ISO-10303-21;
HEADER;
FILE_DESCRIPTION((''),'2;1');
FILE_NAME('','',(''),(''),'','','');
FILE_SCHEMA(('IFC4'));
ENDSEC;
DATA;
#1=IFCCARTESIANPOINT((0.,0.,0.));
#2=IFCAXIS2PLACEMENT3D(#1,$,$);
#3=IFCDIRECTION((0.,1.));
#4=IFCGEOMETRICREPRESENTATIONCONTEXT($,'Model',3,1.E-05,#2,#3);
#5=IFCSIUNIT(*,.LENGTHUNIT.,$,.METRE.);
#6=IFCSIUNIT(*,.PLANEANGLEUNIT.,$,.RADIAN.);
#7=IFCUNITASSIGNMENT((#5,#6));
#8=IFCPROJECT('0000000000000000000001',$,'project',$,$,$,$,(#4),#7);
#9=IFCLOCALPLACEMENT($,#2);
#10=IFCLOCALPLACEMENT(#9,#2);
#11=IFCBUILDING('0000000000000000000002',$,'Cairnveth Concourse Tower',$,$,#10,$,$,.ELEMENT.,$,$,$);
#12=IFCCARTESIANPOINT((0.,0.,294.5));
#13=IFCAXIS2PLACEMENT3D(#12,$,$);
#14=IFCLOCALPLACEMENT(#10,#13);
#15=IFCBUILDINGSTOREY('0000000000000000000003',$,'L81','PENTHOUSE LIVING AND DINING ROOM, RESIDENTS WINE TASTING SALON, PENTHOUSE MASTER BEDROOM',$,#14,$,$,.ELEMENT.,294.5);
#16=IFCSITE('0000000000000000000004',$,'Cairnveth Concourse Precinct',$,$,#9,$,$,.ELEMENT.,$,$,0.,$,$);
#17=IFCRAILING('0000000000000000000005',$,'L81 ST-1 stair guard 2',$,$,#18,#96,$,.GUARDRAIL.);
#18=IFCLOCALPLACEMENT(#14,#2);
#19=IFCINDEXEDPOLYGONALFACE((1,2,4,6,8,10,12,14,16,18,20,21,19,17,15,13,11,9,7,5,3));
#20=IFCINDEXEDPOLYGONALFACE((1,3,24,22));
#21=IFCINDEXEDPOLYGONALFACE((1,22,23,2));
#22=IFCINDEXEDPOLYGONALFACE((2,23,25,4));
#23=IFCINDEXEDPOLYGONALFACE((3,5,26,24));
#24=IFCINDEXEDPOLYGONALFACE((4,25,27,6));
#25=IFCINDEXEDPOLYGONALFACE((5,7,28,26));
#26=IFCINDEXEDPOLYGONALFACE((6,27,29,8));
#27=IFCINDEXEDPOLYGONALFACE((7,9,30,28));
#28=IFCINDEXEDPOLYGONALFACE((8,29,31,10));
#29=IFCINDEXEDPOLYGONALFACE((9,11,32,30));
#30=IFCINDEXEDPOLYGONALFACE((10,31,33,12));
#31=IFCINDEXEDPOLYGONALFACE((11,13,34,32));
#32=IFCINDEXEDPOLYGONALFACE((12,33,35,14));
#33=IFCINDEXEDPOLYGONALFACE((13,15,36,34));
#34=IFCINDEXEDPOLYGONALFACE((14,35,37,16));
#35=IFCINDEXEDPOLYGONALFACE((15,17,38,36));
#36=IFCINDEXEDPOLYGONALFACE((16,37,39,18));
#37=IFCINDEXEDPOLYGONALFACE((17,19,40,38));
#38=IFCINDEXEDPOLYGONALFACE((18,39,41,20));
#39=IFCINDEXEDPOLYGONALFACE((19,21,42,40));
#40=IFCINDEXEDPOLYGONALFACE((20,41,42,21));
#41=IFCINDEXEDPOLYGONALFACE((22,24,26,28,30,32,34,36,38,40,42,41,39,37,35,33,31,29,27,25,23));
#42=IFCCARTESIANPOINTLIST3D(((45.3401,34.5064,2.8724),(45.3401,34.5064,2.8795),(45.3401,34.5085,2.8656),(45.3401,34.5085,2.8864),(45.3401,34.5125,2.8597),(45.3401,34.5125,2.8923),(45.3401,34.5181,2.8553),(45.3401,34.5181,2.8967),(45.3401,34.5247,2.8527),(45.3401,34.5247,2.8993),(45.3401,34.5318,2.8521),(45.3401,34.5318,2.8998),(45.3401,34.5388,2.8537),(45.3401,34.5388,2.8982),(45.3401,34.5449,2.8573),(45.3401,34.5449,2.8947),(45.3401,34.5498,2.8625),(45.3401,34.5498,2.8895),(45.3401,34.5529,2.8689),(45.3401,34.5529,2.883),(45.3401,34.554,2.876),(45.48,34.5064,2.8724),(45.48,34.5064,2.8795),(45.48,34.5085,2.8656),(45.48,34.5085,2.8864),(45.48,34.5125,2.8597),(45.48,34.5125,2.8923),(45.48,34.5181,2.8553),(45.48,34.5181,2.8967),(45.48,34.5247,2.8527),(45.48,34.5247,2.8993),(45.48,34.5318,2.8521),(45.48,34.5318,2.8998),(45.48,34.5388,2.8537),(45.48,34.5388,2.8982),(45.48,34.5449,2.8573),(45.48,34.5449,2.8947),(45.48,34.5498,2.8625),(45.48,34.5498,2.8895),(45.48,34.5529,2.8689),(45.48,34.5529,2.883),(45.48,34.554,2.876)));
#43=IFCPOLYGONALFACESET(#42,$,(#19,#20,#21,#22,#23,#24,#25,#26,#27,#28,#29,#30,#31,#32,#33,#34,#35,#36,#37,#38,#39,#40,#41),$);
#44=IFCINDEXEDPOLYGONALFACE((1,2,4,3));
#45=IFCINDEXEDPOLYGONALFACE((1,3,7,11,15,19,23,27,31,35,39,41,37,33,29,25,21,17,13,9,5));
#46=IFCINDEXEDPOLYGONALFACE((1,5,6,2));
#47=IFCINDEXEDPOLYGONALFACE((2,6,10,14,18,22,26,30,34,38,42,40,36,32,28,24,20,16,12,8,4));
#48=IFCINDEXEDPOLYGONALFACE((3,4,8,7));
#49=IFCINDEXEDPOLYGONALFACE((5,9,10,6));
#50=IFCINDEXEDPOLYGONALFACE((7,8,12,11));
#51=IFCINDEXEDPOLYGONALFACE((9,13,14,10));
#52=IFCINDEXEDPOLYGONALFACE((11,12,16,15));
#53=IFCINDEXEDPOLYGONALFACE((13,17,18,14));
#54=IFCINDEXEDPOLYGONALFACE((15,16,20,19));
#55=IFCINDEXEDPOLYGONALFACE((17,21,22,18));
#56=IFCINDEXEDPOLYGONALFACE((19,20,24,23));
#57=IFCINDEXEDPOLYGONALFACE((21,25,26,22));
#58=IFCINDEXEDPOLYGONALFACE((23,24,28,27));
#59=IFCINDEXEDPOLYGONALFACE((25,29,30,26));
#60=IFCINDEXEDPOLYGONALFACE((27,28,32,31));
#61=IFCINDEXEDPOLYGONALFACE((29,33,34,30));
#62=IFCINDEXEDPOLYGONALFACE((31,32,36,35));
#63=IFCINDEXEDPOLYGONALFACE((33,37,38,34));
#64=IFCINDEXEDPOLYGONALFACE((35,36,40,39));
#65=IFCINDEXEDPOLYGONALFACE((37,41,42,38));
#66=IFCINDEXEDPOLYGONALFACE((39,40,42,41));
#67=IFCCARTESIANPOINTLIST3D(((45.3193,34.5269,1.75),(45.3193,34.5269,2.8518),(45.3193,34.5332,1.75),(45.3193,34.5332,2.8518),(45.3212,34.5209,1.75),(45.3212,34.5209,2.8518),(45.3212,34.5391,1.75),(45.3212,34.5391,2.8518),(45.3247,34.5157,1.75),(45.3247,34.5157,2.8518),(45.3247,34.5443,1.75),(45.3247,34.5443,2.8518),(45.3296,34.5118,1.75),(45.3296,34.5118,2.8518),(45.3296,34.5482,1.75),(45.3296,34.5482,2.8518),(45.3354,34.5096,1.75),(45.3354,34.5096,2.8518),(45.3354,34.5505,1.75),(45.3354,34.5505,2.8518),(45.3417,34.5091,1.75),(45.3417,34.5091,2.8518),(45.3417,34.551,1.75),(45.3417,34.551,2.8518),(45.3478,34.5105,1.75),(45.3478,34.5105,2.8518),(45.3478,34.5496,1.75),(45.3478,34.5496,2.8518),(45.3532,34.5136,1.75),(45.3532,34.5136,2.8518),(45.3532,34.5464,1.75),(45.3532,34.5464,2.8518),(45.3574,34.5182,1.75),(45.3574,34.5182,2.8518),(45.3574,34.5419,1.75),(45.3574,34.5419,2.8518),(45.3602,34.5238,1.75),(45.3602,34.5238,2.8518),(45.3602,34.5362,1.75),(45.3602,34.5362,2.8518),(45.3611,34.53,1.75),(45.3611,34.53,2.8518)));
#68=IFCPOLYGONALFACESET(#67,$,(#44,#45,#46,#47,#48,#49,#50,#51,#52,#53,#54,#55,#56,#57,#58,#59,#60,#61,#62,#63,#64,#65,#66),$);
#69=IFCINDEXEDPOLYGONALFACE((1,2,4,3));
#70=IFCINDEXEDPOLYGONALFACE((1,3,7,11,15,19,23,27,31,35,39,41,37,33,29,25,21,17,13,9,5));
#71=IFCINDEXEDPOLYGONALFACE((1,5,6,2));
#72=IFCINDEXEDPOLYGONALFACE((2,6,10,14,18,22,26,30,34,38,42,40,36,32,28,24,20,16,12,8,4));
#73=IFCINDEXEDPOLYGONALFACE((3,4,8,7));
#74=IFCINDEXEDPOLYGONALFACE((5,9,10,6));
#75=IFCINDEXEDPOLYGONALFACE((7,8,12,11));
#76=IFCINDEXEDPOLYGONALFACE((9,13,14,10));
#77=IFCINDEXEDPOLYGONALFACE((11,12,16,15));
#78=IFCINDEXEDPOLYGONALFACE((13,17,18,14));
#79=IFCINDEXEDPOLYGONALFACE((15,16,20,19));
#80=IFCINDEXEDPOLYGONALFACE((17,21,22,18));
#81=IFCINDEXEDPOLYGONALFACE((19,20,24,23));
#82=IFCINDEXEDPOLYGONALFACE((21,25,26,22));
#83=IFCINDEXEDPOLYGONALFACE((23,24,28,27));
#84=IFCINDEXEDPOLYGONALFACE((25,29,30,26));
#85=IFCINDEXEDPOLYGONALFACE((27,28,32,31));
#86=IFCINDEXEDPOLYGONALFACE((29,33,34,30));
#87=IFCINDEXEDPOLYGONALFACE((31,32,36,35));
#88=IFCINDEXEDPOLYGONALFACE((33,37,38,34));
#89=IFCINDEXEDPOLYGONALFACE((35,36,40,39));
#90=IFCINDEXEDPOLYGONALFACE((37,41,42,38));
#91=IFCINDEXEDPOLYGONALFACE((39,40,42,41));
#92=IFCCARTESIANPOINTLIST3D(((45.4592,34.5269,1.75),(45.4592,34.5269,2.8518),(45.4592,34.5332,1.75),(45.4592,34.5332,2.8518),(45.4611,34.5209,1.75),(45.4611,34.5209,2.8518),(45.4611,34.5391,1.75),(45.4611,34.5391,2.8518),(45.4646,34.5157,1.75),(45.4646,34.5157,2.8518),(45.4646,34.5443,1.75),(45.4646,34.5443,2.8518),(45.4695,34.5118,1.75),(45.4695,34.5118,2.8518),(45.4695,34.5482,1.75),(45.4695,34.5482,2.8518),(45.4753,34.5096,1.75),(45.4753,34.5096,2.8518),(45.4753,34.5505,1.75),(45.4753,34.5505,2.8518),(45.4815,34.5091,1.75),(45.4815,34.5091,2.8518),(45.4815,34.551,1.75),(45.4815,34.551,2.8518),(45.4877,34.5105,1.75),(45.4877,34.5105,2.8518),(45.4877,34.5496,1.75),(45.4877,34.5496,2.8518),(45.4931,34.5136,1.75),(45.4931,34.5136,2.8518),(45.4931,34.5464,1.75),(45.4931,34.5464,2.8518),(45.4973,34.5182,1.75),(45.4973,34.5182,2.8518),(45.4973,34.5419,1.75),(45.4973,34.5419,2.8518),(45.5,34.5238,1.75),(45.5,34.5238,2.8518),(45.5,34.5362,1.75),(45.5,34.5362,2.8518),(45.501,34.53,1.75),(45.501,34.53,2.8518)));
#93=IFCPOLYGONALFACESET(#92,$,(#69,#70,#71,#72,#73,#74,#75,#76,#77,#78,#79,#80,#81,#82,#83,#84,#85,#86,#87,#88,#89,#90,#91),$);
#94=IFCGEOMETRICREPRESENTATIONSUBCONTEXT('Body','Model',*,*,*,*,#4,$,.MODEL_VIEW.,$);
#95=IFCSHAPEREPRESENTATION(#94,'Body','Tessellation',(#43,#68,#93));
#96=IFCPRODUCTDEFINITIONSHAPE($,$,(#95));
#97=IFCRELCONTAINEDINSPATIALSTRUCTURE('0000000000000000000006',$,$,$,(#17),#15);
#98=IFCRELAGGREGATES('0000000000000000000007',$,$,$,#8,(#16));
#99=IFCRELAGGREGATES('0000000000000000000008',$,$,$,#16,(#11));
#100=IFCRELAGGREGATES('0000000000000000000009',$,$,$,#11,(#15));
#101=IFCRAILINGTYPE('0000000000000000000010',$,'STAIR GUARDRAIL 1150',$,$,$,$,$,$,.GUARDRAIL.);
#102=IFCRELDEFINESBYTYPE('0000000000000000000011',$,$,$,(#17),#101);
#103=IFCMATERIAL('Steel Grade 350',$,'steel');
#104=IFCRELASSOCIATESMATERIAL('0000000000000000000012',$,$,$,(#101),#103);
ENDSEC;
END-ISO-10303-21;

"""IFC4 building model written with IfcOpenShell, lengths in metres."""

from ifc_helpers import new_model, si_unit, direction, frame, origin, origin_2d, place, context, subcontext, project, spatial, circle, extrude, material, type_object, element, save


model = new_model("IFC4")

# Units and contexts
model_context = context("Model", 3, precision=1e-05, world=origin(), true_north=direction((0.0, 1.0)))
body_context = subcontext(model_context, "Body", "Model", "MODEL_VIEW")
ifc_project = project(units=[si_unit("LENGTHUNIT", "METRE"), si_unit("PLANEANGLEUNIT", "RADIAN")], contexts=[model_context])

# Site, building, storey
site_placement = place(None, origin())
site = spatial("IfcSite", under=ifc_project, at=site_placement, Name="Cairnveth Concourse Precinct", CompositionType="ELEMENT", RefElevation=0.0)
building_placement = place(site_placement, origin())
building = spatial("IfcBuilding", under=site, at=building_placement, Name="Cairnveth Concourse Tower", CompositionType="ELEMENT")
storey_placement = place(building_placement, frame((0.0, 0.0, 294.5)))
storey = spatial("IfcBuildingStorey", under=building, at=storey_placement, Name="L81", Description="PENTHOUSE LIVING AND DINING ROOM, RESIDENTS WINE TASTING SALON, PENTHOUSE MASTER BEDROOM", CompositionType="ELEMENT", Elevation=294.5)

# Shared definitions
ifc_material_1 = material(Name="Steel Grade 350", Category="steel")

# Railing
railing_type_1 = type_object("IfcRailingType", Name="STAIR GUARDRAIL 1150", PredefinedType="GUARDRAIL", material=ifc_material_1)
railing_1_placement = place(storey_placement, frame((45.3401, 34.53, 1.75)))
element("IfcRailing", 1, at=railing_1_placement, inside=storey, type_object=railing_type_1, Name="L81 ST-1 stair guard 2", PredefinedType="GUARDRAIL", context=body_context, shape_type="SweptSolid", body=[
    extrude(circle(Radius=0.0239, at=origin_2d()), frame((0.0, 0.0, 1.126), z_axis=(1.0, 0.0, 0.0), x_axis=(0.0, 1.0, 0.0)), (0.0, 0.0, 1.0), 0.1399),
    extrude(circle(Radius=0.021, at=origin_2d()), origin(), (0.0, 0.0, 1.0), 1.1018),
    extrude(circle(Radius=0.021, at=origin_2d()), frame((0.1399, 0.0, 0.0)), (0.0, 0.0, 1.0), 1.1018),
])

save(model, "model.ifc")
